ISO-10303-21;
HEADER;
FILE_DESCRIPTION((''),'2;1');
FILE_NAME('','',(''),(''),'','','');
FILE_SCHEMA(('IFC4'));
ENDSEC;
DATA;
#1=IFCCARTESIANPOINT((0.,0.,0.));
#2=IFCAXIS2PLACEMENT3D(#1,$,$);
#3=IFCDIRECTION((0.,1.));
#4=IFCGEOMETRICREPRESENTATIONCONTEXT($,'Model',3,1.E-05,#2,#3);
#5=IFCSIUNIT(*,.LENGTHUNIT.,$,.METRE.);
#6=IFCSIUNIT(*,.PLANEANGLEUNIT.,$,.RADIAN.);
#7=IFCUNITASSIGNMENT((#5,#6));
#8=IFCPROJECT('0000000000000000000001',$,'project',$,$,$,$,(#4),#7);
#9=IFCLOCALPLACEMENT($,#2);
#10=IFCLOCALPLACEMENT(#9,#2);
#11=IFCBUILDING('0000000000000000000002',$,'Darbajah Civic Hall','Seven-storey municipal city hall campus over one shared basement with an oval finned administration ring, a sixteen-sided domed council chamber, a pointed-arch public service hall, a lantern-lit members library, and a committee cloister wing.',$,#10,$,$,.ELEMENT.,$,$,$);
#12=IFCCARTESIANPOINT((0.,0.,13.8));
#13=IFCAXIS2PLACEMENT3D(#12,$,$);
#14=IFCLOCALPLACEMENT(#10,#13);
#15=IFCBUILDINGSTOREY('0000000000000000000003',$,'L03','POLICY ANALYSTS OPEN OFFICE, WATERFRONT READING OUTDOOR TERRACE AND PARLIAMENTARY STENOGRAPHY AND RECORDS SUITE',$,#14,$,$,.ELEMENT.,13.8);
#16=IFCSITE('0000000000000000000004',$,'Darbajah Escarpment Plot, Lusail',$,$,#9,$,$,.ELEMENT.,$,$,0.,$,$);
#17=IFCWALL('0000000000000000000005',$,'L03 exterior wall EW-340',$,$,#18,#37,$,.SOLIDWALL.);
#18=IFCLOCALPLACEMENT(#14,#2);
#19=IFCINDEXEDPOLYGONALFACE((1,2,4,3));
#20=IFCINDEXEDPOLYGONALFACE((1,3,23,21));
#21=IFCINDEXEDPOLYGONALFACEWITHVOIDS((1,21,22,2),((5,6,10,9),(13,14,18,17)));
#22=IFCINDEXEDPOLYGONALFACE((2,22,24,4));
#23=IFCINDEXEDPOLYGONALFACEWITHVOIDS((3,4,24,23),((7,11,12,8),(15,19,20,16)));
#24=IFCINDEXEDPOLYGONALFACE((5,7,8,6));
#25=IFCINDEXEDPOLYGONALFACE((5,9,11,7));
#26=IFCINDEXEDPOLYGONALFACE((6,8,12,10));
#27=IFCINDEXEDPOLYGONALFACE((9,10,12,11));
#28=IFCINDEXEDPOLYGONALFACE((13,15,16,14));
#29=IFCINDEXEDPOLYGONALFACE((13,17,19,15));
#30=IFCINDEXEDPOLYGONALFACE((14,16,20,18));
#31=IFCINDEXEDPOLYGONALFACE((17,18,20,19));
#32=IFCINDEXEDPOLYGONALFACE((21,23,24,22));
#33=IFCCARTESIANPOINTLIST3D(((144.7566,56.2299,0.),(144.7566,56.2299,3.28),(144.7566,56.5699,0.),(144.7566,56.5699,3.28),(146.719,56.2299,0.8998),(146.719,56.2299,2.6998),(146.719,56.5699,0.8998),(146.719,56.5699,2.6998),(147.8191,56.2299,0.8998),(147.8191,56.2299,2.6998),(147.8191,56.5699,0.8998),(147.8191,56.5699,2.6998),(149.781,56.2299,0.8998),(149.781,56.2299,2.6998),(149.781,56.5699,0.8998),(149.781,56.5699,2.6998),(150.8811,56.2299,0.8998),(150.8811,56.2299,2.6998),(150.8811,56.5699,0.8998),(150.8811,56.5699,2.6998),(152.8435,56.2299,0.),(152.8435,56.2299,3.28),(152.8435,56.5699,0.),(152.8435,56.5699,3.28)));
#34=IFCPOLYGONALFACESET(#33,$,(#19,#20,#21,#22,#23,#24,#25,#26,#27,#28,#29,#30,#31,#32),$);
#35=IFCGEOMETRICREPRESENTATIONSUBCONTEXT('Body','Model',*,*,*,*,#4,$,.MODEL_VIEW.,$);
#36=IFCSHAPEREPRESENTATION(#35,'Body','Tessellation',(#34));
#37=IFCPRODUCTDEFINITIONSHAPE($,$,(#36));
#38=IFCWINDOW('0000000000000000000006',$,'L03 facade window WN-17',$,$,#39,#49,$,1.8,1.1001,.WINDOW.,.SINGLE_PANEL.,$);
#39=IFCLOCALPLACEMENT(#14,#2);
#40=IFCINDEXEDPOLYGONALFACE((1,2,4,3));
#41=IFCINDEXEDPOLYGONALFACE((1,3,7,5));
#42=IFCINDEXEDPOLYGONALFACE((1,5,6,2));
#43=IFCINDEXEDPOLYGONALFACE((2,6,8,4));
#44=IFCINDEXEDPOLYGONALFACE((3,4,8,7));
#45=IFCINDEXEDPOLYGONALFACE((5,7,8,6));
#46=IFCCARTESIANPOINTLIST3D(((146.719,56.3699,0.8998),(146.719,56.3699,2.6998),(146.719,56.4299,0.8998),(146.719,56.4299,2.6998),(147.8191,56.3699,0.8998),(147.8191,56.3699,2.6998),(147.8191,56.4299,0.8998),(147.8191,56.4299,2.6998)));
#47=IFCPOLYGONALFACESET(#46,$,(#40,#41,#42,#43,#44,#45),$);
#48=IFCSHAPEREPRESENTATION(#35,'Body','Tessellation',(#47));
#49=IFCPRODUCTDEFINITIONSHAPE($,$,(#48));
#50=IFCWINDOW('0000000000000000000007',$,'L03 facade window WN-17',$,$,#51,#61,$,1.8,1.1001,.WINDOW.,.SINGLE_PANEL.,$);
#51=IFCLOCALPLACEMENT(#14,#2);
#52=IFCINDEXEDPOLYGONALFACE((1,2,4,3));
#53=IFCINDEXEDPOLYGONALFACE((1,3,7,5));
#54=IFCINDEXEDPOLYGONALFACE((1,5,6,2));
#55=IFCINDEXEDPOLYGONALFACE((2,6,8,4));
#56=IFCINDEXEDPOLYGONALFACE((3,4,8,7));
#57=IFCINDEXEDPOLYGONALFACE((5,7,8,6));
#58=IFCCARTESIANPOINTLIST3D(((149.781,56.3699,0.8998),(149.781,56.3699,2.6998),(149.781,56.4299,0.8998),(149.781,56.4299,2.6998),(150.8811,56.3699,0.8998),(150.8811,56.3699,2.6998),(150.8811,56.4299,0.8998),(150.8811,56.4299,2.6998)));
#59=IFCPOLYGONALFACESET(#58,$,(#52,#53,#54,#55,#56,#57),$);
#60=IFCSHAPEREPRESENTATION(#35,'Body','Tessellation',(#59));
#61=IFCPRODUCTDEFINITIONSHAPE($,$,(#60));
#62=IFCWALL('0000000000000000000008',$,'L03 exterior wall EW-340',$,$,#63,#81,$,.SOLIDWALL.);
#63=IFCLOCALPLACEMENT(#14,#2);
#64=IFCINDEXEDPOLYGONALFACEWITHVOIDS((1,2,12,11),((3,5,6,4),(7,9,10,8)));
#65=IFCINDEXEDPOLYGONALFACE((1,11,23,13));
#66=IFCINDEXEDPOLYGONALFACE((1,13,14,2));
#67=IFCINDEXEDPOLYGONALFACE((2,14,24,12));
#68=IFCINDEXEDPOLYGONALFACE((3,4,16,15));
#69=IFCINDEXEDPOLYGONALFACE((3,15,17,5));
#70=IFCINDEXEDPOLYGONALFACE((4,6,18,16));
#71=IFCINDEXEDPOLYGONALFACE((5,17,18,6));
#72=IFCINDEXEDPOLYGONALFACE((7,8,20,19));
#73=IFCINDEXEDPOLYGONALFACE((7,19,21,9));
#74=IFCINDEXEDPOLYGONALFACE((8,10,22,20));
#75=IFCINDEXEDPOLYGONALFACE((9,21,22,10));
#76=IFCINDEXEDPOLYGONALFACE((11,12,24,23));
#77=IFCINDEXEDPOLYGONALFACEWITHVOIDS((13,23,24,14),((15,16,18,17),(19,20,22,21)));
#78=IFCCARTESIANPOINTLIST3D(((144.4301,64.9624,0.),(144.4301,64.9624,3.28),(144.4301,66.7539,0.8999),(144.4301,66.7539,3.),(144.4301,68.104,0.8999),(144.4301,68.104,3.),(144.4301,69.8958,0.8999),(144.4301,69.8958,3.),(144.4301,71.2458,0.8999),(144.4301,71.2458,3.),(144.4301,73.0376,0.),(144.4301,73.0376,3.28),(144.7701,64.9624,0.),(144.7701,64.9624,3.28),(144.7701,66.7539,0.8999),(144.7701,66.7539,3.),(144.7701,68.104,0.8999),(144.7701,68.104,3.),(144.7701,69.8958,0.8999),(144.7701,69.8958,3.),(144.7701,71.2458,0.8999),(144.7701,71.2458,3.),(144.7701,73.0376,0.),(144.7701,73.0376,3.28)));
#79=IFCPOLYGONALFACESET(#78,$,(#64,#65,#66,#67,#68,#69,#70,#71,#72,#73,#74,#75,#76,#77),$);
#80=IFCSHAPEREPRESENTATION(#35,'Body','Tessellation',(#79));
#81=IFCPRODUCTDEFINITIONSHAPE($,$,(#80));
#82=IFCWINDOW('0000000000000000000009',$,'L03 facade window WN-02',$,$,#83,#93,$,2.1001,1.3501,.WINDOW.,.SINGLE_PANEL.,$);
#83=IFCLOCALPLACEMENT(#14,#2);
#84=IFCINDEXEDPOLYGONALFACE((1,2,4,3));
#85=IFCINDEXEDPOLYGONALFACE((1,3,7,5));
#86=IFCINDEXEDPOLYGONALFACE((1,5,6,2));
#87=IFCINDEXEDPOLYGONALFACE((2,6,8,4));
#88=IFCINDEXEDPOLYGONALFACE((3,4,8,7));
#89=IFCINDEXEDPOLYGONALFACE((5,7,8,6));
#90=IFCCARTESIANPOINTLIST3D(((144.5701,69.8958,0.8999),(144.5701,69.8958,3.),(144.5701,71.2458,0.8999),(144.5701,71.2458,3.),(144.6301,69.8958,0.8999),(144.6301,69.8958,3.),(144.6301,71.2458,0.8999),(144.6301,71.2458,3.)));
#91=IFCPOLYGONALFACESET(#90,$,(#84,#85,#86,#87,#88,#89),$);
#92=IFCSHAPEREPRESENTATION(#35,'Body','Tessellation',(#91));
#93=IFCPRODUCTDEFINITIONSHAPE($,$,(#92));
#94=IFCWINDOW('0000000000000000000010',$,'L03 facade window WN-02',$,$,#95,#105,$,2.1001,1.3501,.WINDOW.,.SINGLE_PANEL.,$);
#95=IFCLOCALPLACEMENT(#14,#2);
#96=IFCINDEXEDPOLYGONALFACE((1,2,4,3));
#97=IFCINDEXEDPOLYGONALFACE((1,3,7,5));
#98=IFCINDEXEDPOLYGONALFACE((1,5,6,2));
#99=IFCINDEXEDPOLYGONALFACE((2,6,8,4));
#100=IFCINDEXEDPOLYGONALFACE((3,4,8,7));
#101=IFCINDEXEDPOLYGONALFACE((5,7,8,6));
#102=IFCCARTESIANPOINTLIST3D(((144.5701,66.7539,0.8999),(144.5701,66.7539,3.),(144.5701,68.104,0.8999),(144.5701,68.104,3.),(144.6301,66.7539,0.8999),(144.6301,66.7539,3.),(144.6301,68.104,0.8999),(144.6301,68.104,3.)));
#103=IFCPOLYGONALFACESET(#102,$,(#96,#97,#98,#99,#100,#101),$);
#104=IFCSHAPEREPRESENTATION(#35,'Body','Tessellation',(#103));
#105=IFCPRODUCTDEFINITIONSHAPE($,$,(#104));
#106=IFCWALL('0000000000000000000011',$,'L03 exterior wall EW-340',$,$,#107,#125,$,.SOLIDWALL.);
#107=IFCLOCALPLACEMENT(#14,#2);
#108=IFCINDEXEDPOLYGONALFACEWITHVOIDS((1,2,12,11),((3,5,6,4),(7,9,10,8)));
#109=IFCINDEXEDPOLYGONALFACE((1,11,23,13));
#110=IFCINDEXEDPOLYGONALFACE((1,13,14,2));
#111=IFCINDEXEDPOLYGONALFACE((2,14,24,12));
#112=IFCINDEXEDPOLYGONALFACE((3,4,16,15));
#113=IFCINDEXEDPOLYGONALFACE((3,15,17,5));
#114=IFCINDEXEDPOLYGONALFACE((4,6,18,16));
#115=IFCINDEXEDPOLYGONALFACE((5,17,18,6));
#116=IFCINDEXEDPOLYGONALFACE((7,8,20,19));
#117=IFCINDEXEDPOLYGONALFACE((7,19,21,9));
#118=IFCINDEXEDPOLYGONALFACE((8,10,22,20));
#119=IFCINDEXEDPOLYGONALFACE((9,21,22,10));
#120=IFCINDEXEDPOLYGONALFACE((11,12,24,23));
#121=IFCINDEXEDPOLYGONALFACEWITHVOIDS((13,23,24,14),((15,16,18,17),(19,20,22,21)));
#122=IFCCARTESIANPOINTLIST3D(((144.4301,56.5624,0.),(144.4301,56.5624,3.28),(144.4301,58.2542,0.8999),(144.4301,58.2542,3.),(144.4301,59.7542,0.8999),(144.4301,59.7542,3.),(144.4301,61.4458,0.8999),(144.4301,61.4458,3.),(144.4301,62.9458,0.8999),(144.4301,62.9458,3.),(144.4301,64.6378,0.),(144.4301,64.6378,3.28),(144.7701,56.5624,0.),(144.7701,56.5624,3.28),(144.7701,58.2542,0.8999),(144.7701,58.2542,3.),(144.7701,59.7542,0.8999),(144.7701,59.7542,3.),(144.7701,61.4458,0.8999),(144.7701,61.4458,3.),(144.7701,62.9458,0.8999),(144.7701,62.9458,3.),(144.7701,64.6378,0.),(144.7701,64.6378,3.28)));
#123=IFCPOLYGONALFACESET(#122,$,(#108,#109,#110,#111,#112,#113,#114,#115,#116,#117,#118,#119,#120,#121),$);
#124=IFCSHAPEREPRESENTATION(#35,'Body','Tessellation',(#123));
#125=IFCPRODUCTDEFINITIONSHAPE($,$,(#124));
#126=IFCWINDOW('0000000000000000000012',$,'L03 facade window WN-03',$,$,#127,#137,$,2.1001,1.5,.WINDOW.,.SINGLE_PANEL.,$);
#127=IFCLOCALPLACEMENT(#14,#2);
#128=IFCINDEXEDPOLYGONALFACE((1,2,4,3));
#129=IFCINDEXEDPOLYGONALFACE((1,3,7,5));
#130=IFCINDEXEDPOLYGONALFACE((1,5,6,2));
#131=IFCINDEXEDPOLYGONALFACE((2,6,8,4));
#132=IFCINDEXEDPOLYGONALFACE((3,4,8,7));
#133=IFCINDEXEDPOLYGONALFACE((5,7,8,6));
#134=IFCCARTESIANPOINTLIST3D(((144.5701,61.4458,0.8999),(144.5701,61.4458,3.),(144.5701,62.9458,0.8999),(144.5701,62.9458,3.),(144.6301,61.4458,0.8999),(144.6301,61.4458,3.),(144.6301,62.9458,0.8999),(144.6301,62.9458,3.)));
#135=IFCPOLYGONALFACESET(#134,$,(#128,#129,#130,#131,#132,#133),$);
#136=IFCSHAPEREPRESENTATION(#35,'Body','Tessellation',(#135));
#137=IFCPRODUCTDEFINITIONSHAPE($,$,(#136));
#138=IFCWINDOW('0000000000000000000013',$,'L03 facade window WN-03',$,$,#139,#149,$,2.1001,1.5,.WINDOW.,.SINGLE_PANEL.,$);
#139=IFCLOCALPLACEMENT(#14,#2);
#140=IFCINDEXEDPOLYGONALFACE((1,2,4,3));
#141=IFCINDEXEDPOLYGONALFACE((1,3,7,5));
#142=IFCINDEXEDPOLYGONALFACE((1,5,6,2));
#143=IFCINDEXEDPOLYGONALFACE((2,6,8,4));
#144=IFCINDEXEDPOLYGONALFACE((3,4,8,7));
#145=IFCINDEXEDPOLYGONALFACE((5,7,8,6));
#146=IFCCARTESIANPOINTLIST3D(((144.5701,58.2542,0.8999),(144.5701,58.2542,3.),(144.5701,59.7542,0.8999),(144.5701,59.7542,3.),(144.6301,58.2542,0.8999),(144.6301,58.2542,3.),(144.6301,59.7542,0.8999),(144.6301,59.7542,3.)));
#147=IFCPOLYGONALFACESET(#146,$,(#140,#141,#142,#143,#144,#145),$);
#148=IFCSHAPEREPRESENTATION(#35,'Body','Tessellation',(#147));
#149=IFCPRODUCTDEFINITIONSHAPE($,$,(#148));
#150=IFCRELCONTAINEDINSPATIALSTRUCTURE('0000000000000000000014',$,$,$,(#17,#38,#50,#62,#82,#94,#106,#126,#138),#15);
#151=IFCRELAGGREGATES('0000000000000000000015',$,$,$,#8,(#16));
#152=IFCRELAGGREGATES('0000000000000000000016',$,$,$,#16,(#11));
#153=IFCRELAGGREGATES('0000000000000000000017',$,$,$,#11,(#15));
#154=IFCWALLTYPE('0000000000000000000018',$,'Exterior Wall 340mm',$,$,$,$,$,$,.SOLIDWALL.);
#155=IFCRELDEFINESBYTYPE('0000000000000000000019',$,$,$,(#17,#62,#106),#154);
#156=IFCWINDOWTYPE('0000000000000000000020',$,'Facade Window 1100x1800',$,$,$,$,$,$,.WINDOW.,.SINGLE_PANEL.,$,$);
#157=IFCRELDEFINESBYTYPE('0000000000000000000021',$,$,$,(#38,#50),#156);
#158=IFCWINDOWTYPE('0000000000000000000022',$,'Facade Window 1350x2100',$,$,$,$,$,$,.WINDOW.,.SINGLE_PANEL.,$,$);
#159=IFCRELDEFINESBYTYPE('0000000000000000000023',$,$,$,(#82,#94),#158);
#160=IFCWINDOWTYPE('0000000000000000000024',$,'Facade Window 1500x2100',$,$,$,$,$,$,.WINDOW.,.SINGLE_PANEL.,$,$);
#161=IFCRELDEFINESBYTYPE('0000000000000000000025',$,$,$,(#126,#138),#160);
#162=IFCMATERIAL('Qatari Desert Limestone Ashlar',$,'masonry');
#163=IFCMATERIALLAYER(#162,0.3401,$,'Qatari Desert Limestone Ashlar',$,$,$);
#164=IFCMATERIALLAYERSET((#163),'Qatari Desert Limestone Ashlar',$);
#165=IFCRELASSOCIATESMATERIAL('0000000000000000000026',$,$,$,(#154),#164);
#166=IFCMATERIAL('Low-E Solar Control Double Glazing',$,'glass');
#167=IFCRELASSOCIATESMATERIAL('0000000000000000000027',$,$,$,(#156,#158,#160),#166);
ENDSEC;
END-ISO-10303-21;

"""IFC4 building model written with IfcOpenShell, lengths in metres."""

from ifc_helpers import new_model, si_unit, direction, frame, frame_2d, origin, place, context, subcontext, project, spatial, rectangle, extrude, material, layer, layer_set, type_object, element, fill, save


model = new_model("IFC4")

# Units and contexts
model_context = context("Model", 3, precision=1e-05, world=origin(), true_north=direction((0.0, 1.0)))
body_context = subcontext(model_context, "Body", "Model", "MODEL_VIEW")
ifc_project = project(units=[si_unit("LENGTHUNIT", "METRE"), si_unit("PLANEANGLEUNIT", "RADIAN")], contexts=[model_context])

# Site, building, storey
site_placement = place(None, origin())
site = spatial("IfcSite", under=ifc_project, at=site_placement, Name="Darbajah Escarpment Plot, Lusail", CompositionType="ELEMENT", RefElevation=0.0)
building_placement = place(site_placement, origin())
building = spatial("IfcBuilding", under=site, at=building_placement, Name="Darbajah Civic Hall", Description="Seven-storey municipal city hall campus over one shared basement with an oval finned administration ring, a sixteen-sided domed council chamber, a pointed-arch public service hall, a lantern-lit members library, and a committee cloister wing.", CompositionType="ELEMENT")
storey_placement = place(building_placement, frame((0.0, 0.0, 13.8)))
storey = spatial("IfcBuildingStorey", under=building, at=storey_placement, Name="L03", Description="POLICY ANALYSTS OPEN OFFICE, WATERFRONT READING OUTDOOR TERRACE AND PARLIAMENTARY STENOGRAPHY AND RECORDS SUITE", CompositionType="ELEMENT", Elevation=13.8)

# Walls, openings, windows
ifc_material_1 = material(Name="Qatari Desert Limestone Ashlar", Category="masonry")
ifc_layer = layer(ifc_material_1, 0.3401, Name="Qatari Desert Limestone Ashlar")
ifc_layer_set = layer_set([ifc_layer], Name="Qatari Desert Limestone Ashlar")
wall_type = type_object("IfcWallType", Name="Exterior Wall 340mm", PredefinedType="SOLIDWALL", material=ifc_layer_set)
wall_1_placement = place(storey_placement, frame((144.7566, 56.3999, 0.0), z_axis=(0.0, 0.0, 1.0), x_axis=(1.0, 0.0, 0.0)))
wall_1 = element("IfcWall", 1, at=wall_1_placement, inside=storey, type_object=wall_type, Name="L03 exterior wall EW-340", PredefinedType="SOLIDWALL", context=body_context, shape_type="SweptSolid", body=[
    extrude(rectangle(XDim=8.0869, YDim=0.3401, at=frame_2d((4.0435, 0.0))), origin(), (0.0, 0.0, 1.0), 3.28),
])
opening_1_placement = place(wall_1_placement, frame((1.9624, 0.0, 0.8999)))
opening_1 = element("IfcOpeningElement", 2, at=opening_1_placement, cuts=wall_1, PredefinedType="OPENING", context=body_context, shape_type="SweptSolid", body=[
    extrude(rectangle(XDim=1.1001, YDim=1.8, at=frame_2d((0.55, 0.8999))), frame((0.0, 0.1799, 0.0), z_axis=(0.0, -1.0, 0.0), x_axis=(1.0, 0.0, 0.0)), (0.0, 0.0, 1.0), 0.3601),
])
opening_2_placement = place(wall_1_placement, frame((5.0244, 0.0, 0.8999)))
opening_2 = element("IfcOpeningElement", 3, at=opening_2_placement, cuts=wall_1, PredefinedType="OPENING", context=body_context, shape_type="SweptSolid", body=[
    extrude(rectangle(XDim=1.1001, YDim=1.8, at=frame_2d((0.55, 0.8999))), frame((0.0, 0.1799, 0.0), z_axis=(0.0, -1.0, 0.0), x_axis=(1.0, 0.0, 0.0)), (0.0, 0.0, 1.0), 0.3601),
])
ifc_material_2 = material(Name="Low-E Solar Control Double Glazing", Category="glass")
window_type_1 = type_object("IfcWindowType", Name="Facade Window 1100x1800", PartitioningType="SINGLE_PANEL", PredefinedType="WINDOW", material=ifc_material_2)
window_1_placement = place(opening_1_placement, origin())
window_1 = element("IfcWindow", 4, at=window_1_placement, inside=storey, type_object=window_type_1, Name="L03 facade window WN-17", OverallHeight=1.8, OverallWidth=1.1001, PartitioningType="SINGLE_PANEL", PredefinedType="WINDOW", context=body_context, shape_type="SweptSolid", body=[
    extrude(rectangle(XDim=1.1001, YDim=1.8, at=frame_2d((0.55, 0.8999))), frame((0.0, 0.03, 0.0), z_axis=(0.0, -1.0, 0.0), x_axis=(1.0, 0.0, 0.0)), (0.0, 0.0, 1.0), 0.0601),
])
fill(opening_1, window_1)
window_2_placement = place(opening_2_placement, origin())
window_2 = element("IfcWindow", 5, at=window_2_placement, inside=storey, type_object=window_type_1, Name="L03 facade window WN-17", OverallHeight=1.8, OverallWidth=1.1001, PartitioningType="SINGLE_PANEL", PredefinedType="WINDOW", context=body_context, shape_type="SweptSolid", body=[
    extrude(rectangle(XDim=1.1001, YDim=1.8, at=frame_2d((0.55, 0.8999))), frame((0.0, 0.03, 0.0), z_axis=(0.0, -1.0, 0.0), x_axis=(1.0, 0.0, 0.0)), (0.0, 0.0, 1.0), 0.0601),
])
fill(opening_2, window_2)
wall_2_placement = place(storey_placement, frame((144.6001, 73.0376, 0.0), z_axis=(0.0, 0.0, 1.0), x_axis=(0.0, -1.0, 0.0)))
wall_2 = element("IfcWall", 6, at=wall_2_placement, inside=storey, type_object=wall_type, Name="L03 exterior wall EW-340", PredefinedType="SOLIDWALL", context=body_context, shape_type="SweptSolid", body=[
    extrude(rectangle(XDim=8.0752, YDim=0.3401, at=frame_2d((4.0376, 0.0))), origin(), (0.0, 0.0, 1.0), 3.28),
])
opening_3_placement = place(wall_2_placement, frame((1.7917, 0.0, 0.8999)))
opening_3 = element("IfcOpeningElement", 7, at=opening_3_placement, cuts=wall_2, PredefinedType="OPENING", context=body_context, shape_type="SweptSolid", body=[
    extrude(rectangle(XDim=1.3501, YDim=2.1001, at=frame_2d((0.675, 1.05))), frame((0.0, 0.1799, 0.0), z_axis=(0.0, -1.0, 0.0), x_axis=(1.0, 0.0, 0.0)), (0.0, 0.0, 1.0), 0.3601),
])
opening_4_placement = place(wall_2_placement, frame((4.9336, 0.0, 0.8999)))
opening_4 = element("IfcOpeningElement", 8, at=opening_4_placement, cuts=wall_2, PredefinedType="OPENING", context=body_context, shape_type="SweptSolid", body=[
    extrude(rectangle(XDim=1.3501, YDim=2.1001, at=frame_2d((0.675, 1.05))), frame((0.0, 0.1799, 0.0), z_axis=(0.0, -1.0, 0.0), x_axis=(1.0, 0.0, 0.0)), (0.0, 0.0, 1.0), 0.3601),
])
window_type_2 = type_object("IfcWindowType", Name="Facade Window 1350x2100", PartitioningType="SINGLE_PANEL", PredefinedType="WINDOW", material=ifc_material_2)
window_3_placement = place(opening_3_placement, origin())
window_3 = element("IfcWindow", 9, at=window_3_placement, inside=storey, type_object=window_type_2, Name="L03 facade window WN-02", OverallHeight=2.1001, OverallWidth=1.3501, PartitioningType="SINGLE_PANEL", PredefinedType="WINDOW", context=body_context, shape_type="SweptSolid", body=[
    extrude(rectangle(XDim=1.3501, YDim=2.1001, at=frame_2d((0.675, 1.05))), frame((0.0, 0.03, 0.0), z_axis=(0.0, -1.0, 0.0), x_axis=(1.0, 0.0, 0.0)), (0.0, 0.0, 1.0), 0.0601),
])
fill(opening_3, window_3)
window_4_placement = place(opening_4_placement, origin())
window_4 = element("IfcWindow", 10, at=window_4_placement, inside=storey, type_object=window_type_2, Name="L03 facade window WN-02", OverallHeight=2.1001, OverallWidth=1.3501, PartitioningType="SINGLE_PANEL", PredefinedType="WINDOW", context=body_context, shape_type="SweptSolid", body=[
    extrude(rectangle(XDim=1.3501, YDim=2.1001, at=frame_2d((0.675, 1.05))), frame((0.0, 0.03, 0.0), z_axis=(0.0, -1.0, 0.0), x_axis=(1.0, 0.0, 0.0)), (0.0, 0.0, 1.0), 0.0601),
])
fill(opening_4, window_4)
wall_3_placement = place(storey_placement, frame((144.6001, 64.6377, 0.0), z_axis=(0.0, 0.0, 1.0), x_axis=(0.0, -1.0, 0.0)))
wall_3 = element("IfcWall", 11, at=wall_3_placement, inside=storey, type_object=wall_type, Name="L03 exterior wall EW-340", PredefinedType="SOLIDWALL", context=body_context, shape_type="SweptSolid", body=[
    extrude(rectangle(XDim=8.0754, YDim=0.3401, at=frame_2d((4.0376, 0.0))), origin(), (0.0, 0.0, 1.0), 3.28),
])
opening_5_placement = place(wall_3_placement, frame((1.6919, 0.0, 0.8999)))
opening_5 = element("IfcOpeningElement", 12, at=opening_5_placement, cuts=wall_3, PredefinedType="OPENING", context=body_context, shape_type="SweptSolid", body=[
    extrude(rectangle(XDim=1.5, YDim=2.1001, at=frame_2d((0.75, 1.05))), frame((0.0, 0.1799, 0.0), z_axis=(0.0, -1.0, 0.0), x_axis=(1.0, 0.0, 0.0)), (0.0, 0.0, 1.0), 0.3601),
])
opening_6_placement = place(wall_3_placement, frame((4.8835, 0.0, 0.8999)))
opening_6 = element("IfcOpeningElement", 13, at=opening_6_placement, cuts=wall_3, PredefinedType="OPENING", context=body_context, shape_type="SweptSolid", body=[
    extrude(rectangle(XDim=1.5, YDim=2.1001, at=frame_2d((0.75, 1.05))), frame((0.0, 0.1799, 0.0), z_axis=(0.0, -1.0, 0.0), x_axis=(1.0, 0.0, 0.0)), (0.0, 0.0, 1.0), 0.3601),
])
window_type_3 = type_object("IfcWindowType", Name="Facade Window 1500x2100", PartitioningType="SINGLE_PANEL", PredefinedType="WINDOW", material=ifc_material_2)
window_5_placement = place(opening_5_placement, origin())
window_5 = element("IfcWindow", 14, at=window_5_placement, inside=storey, type_object=window_type_3, Name="L03 facade window WN-03", OverallHeight=2.1001, OverallWidth=1.5, PartitioningType="SINGLE_PANEL", PredefinedType="WINDOW", context=body_context, shape_type="SweptSolid", body=[
    extrude(rectangle(XDim=1.5, YDim=2.1001, at=frame_2d((0.75, 1.05))), frame((0.0, 0.03, 0.0), z_axis=(0.0, -1.0, 0.0), x_axis=(1.0, 0.0, 0.0)), (0.0, 0.0, 1.0), 0.0601),
])
fill(opening_5, window_5)
window_6_placement = place(opening_6_placement, origin())
window_6 = element("IfcWindow", 15, at=window_6_placement, inside=storey, type_object=window_type_3, Name="L03 facade window WN-03", OverallHeight=2.1001, OverallWidth=1.5, PartitioningType="SINGLE_PANEL", PredefinedType="WINDOW", context=body_context, shape_type="SweptSolid", body=[
    extrude(rectangle(XDim=1.5, YDim=2.1001, at=frame_2d((0.75, 1.05))), frame((0.0, 0.03, 0.0), z_axis=(0.0, -1.0, 0.0), x_axis=(1.0, 0.0, 0.0)), (0.0, 0.0, 1.0), 0.0601),
])
fill(opening_6, window_6)

save(model, "model.ifc")
